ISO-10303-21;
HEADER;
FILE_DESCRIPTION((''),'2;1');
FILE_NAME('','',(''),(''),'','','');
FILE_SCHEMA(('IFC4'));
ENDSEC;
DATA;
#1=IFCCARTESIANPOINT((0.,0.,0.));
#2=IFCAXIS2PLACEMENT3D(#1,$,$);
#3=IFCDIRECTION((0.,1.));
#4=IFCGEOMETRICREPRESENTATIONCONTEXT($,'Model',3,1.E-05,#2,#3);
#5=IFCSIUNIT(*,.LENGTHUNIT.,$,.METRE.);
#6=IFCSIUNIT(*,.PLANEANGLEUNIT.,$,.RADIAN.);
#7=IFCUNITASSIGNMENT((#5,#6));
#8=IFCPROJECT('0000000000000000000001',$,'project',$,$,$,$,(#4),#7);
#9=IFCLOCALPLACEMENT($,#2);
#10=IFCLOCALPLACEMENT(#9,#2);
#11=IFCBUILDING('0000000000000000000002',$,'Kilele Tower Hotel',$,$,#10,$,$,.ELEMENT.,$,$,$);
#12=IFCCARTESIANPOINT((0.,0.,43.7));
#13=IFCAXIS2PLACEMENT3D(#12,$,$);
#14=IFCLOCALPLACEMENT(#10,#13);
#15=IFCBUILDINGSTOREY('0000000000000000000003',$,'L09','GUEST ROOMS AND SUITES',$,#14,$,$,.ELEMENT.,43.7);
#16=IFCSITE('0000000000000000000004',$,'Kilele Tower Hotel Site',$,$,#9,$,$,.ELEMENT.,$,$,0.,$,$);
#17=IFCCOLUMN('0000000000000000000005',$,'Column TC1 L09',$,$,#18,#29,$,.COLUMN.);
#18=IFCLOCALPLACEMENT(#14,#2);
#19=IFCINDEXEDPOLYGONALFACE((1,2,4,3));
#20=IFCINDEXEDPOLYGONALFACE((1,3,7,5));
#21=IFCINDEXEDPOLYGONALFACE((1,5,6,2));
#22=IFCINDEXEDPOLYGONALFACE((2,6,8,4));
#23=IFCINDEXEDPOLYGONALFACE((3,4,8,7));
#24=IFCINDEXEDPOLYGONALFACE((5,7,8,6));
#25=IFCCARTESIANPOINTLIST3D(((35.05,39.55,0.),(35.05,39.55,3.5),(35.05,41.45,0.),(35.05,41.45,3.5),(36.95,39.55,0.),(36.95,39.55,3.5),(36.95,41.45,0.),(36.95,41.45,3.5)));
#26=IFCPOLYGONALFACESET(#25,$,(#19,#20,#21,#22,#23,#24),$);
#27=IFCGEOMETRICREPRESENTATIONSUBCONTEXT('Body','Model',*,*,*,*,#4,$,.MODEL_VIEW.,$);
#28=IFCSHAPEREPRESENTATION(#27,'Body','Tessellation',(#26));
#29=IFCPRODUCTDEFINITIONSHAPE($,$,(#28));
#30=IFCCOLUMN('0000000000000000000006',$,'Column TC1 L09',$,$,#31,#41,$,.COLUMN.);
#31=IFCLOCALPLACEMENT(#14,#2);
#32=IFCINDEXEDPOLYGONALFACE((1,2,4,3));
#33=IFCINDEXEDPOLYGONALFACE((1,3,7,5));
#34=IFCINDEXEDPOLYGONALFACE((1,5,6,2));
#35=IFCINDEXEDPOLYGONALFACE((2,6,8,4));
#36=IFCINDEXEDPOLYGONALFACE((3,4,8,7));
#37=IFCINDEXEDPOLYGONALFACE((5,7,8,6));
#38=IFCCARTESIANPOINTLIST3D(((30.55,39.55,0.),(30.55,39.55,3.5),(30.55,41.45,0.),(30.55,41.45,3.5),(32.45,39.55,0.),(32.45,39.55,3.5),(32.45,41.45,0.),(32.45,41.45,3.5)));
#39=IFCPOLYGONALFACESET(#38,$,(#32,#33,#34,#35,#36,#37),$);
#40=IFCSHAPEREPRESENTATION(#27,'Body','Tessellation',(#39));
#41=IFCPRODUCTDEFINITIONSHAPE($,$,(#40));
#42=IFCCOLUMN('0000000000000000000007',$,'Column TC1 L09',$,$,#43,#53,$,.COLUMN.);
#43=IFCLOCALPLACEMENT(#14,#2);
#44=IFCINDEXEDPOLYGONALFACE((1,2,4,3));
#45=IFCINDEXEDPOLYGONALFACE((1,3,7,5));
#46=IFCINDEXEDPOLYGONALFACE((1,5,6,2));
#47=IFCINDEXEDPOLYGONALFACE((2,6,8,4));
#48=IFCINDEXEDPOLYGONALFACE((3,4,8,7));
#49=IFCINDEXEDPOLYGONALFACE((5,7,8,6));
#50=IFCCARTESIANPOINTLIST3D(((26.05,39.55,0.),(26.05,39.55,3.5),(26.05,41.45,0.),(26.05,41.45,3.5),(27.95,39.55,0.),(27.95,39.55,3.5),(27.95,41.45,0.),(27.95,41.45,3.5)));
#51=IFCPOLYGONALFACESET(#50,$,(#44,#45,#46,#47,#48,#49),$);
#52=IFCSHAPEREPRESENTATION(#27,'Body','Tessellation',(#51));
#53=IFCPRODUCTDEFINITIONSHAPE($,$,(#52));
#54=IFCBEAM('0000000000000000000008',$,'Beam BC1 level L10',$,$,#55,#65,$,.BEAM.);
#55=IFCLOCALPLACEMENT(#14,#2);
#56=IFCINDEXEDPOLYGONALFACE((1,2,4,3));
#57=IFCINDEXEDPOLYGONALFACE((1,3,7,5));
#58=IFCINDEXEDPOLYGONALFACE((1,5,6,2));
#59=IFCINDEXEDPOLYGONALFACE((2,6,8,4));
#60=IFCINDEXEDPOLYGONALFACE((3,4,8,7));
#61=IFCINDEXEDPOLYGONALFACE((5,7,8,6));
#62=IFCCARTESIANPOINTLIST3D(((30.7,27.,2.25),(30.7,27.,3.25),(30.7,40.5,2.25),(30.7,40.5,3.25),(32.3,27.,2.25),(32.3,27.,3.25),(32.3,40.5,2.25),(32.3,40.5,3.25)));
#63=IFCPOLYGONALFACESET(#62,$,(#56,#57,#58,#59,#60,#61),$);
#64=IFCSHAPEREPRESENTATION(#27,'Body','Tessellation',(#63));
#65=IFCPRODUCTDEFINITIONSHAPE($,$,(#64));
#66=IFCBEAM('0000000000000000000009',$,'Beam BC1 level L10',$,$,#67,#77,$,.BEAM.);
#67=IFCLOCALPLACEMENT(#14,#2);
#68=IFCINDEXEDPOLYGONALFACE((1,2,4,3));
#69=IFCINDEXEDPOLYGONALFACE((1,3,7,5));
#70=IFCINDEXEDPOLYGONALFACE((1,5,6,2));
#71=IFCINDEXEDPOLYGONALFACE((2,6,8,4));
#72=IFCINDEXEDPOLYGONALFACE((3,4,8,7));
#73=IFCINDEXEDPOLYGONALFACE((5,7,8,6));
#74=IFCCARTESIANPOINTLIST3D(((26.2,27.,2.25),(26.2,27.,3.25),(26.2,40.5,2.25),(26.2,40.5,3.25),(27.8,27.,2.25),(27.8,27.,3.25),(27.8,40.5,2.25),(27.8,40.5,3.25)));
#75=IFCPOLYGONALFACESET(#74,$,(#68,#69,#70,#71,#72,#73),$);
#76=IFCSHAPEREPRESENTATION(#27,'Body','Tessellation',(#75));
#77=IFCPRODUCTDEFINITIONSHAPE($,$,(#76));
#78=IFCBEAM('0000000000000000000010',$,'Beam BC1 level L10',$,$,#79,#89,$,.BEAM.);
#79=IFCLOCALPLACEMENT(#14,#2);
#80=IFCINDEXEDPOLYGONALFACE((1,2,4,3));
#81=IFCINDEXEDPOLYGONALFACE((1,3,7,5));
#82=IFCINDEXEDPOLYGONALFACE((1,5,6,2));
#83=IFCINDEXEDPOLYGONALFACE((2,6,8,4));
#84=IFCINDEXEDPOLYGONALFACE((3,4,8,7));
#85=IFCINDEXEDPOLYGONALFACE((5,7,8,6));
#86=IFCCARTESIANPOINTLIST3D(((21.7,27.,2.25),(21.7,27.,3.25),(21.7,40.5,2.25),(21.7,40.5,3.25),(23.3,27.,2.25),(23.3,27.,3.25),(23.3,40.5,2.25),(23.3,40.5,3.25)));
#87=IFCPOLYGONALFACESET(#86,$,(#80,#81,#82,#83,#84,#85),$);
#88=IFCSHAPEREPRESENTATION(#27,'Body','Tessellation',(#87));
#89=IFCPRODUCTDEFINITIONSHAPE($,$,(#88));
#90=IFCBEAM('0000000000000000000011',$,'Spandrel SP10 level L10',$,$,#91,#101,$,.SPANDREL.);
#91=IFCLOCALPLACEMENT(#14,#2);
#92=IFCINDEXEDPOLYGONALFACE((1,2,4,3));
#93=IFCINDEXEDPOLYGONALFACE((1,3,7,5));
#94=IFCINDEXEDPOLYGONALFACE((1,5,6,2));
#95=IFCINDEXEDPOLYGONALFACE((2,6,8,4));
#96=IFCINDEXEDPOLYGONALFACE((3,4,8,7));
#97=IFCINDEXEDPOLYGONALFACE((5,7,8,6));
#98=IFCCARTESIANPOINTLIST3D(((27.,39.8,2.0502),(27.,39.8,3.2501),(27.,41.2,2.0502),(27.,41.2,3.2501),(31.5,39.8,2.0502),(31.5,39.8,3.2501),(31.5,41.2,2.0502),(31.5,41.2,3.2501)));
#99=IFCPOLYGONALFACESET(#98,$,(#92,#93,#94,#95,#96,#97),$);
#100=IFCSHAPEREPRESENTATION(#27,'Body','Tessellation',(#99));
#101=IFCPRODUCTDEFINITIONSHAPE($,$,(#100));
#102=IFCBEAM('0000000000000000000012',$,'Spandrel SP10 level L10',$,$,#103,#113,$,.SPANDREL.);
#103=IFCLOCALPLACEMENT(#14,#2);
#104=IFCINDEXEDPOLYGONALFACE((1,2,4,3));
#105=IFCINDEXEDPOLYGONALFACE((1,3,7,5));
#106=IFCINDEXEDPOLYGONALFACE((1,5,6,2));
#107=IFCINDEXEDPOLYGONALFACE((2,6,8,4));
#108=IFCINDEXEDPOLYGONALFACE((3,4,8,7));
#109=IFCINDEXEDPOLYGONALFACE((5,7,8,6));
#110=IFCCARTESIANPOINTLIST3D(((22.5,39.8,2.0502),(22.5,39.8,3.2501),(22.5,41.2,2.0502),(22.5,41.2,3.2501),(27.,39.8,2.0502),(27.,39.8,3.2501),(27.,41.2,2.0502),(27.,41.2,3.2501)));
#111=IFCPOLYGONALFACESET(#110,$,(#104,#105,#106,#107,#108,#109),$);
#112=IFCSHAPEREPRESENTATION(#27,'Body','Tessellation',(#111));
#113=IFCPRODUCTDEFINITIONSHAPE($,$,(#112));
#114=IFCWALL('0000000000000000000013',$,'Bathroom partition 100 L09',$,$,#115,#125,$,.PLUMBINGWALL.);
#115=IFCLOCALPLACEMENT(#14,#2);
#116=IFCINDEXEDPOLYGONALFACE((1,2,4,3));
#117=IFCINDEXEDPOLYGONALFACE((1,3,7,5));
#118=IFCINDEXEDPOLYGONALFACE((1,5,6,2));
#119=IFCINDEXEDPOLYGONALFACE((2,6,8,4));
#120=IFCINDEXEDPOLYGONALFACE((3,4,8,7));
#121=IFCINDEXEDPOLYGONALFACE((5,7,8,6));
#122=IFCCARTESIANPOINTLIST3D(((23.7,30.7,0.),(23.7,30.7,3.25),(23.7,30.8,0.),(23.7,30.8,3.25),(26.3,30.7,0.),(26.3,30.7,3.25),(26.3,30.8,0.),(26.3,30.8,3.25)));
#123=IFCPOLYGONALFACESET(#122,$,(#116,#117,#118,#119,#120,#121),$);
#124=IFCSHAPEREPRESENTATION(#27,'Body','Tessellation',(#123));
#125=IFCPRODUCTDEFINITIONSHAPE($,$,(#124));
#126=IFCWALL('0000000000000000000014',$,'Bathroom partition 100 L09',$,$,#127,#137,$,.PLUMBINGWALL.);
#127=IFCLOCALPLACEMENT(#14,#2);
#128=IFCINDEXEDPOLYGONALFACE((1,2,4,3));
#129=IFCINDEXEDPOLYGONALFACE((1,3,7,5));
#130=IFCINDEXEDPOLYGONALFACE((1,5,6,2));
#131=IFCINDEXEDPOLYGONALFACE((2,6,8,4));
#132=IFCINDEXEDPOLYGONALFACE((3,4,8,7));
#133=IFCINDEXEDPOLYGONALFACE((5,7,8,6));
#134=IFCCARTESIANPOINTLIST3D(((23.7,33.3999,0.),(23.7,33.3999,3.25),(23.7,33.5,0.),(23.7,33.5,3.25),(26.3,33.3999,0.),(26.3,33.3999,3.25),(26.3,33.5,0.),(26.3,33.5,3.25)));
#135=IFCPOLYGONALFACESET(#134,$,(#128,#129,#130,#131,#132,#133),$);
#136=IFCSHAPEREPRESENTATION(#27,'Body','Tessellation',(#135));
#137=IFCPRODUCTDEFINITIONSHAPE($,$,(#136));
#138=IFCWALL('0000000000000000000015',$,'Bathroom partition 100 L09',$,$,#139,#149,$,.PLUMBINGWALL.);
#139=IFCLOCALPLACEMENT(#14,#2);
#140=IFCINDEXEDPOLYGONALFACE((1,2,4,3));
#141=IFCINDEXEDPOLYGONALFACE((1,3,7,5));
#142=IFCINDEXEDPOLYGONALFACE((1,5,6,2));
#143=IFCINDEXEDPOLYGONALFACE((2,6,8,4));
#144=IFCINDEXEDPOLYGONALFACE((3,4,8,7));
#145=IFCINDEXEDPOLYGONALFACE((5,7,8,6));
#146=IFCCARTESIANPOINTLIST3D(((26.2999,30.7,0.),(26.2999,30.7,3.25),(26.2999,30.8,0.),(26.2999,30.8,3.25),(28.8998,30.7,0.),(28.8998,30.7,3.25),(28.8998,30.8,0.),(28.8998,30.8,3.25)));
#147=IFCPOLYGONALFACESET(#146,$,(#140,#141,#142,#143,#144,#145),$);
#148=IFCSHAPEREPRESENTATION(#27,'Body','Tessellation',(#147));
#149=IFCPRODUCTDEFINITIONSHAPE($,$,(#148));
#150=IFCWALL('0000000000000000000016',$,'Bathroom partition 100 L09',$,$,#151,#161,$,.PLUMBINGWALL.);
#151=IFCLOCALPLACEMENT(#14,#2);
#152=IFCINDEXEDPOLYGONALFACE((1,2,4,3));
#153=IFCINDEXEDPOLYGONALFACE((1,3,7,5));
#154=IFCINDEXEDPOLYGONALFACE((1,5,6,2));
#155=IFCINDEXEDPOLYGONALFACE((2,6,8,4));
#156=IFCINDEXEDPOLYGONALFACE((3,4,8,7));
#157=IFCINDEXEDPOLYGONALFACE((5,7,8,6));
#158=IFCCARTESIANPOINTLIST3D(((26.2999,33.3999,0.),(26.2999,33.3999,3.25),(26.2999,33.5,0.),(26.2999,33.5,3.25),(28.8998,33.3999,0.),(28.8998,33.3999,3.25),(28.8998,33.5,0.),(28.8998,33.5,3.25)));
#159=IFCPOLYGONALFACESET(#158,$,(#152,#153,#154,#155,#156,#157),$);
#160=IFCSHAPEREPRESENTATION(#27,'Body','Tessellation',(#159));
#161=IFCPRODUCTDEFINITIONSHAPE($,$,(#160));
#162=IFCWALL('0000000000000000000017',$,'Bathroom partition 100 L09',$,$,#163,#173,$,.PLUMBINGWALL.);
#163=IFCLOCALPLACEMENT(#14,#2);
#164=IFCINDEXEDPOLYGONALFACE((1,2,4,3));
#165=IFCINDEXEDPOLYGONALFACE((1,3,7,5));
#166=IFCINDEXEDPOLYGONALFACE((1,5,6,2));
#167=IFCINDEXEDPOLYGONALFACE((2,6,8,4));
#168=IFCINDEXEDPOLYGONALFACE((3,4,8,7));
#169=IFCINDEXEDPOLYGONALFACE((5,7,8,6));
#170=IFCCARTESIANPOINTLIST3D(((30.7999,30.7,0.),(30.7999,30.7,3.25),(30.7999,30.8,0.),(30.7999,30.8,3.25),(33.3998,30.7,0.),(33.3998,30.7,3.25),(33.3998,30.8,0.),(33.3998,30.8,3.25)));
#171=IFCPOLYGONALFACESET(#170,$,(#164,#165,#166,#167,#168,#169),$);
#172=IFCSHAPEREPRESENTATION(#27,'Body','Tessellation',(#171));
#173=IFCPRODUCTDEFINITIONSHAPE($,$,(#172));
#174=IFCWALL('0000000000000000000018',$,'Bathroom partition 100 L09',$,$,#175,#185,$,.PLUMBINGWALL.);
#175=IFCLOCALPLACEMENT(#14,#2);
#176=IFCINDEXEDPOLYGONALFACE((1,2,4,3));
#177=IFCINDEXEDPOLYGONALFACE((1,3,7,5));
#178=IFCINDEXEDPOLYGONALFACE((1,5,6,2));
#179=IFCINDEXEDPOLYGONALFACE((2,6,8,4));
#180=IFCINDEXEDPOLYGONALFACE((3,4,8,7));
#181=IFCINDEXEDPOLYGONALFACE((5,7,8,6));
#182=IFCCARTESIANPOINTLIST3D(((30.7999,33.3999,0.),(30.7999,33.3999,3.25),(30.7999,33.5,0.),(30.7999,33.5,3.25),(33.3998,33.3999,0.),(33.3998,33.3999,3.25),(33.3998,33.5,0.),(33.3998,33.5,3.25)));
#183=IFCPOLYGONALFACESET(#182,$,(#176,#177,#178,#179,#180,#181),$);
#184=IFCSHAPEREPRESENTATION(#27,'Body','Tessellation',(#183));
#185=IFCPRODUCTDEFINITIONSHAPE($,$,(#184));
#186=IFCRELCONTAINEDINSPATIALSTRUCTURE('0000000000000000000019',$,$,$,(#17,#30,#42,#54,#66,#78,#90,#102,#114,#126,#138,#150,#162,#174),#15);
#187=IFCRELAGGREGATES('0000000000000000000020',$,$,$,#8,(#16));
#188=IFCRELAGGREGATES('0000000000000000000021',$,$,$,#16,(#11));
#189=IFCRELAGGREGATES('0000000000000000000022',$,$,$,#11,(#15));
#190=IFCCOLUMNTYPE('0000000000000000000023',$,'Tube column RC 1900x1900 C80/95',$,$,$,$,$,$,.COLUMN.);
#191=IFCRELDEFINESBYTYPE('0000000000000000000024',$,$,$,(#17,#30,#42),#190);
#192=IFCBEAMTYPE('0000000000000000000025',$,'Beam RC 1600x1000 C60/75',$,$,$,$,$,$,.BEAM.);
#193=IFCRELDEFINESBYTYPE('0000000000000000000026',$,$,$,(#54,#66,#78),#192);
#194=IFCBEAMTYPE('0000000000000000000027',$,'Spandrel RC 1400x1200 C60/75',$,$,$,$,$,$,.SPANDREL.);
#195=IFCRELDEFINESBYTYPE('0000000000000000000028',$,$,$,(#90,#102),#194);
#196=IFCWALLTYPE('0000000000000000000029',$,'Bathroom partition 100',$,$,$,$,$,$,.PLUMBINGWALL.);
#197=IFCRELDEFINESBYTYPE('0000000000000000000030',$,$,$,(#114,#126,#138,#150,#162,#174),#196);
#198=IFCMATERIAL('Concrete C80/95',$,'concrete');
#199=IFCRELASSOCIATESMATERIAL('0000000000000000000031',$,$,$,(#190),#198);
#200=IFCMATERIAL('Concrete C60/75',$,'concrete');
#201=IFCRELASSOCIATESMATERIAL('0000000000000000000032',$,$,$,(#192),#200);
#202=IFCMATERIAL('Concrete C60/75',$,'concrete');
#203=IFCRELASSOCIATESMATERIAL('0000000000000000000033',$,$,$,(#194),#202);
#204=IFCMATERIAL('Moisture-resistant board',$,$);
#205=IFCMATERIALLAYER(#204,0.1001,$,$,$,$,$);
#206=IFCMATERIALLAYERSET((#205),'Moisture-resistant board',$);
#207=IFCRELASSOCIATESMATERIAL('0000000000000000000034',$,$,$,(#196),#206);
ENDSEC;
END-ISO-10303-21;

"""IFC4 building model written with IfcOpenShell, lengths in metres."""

from ifc_helpers import new_model, si_unit, direction, frame, frame_2d, origin, origin_2d, place, context, subcontext, project, spatial, rectangle, extrude, material, layer, layer_set, material_profile, profile_set, type_object, element, save


model = new_model("IFC4")

# Units and contexts
model_context = context("Model", 3, precision=1e-05, world=origin(), true_north=direction((0.0, 1.0)))
body_context = subcontext(model_context, "Body", "Model", "MODEL_VIEW")
ifc_project = project(units=[si_unit("LENGTHUNIT", "METRE"), si_unit("PLANEANGLEUNIT", "RADIAN")], contexts=[model_context])

# Site, building, storey
site_placement = place(None, origin())
site = spatial("IfcSite", under=ifc_project, at=site_placement, Name="Kilele Tower Hotel Site", CompositionType="ELEMENT", RefElevation=0.0)
building_placement = place(site_placement, origin())
building = spatial("IfcBuilding", under=site, at=building_placement, Name="Kilele Tower Hotel", CompositionType="ELEMENT")
storey_placement = place(building_placement, frame((0.0, 0.0, 43.7)))
storey = spatial("IfcBuildingStorey", under=building, at=storey_placement, Name="L09", Description="GUEST ROOMS AND SUITES", CompositionType="ELEMENT", Elevation=43.7)

# Columns
ifc_material_1 = material(Name="Concrete C80/95", Category="concrete")
ifc_material_profile_1 = material_profile(ifc_material_1, rectangle(XDim=1.8999, YDim=1.8999, at=origin_2d()))
ifc_profile_set_1 = profile_set([ifc_material_profile_1], Name="Concrete C80/95")
column_type = type_object("IfcColumnType", Name="Tube column RC 1900x1900 C80/95", PredefinedType="COLUMN", material=ifc_profile_set_1)
for number, where, z_axis, x_axis, name in (
    (1, (36.0, 40.5, 0.0), (0.0, 0.0, 1.0), (1.0, 0.0, 0.0), "Column TC1 L09"),
    (2, (31.5, 40.5, 0.0), (0.0, 0.0, 1.0), (1.0, 0.0, 0.0), "Column TC1 L09"),
    (3, (27.0, 40.5, 0.0), (0.0, 0.0, 1.0), (1.0, 0.0, 0.0), "Column TC1 L09"),
):
    element("IfcColumn", number, at=place(storey_placement, frame(where, z_axis=z_axis, x_axis=x_axis)), inside=storey, type_object=column_type, Name=name, PredefinedType="COLUMN", context=body_context, shape_type="SweptSolid", body=[
        extrude(rectangle(XDim=1.8999, YDim=1.8999, at=origin_2d()), origin(), (0.0, 0.0, 1.0), 3.5),
    ])

# Beams
ifc_material_2 = material(Name="Concrete C60/75", Category="concrete")
ifc_material_profile_2 = material_profile(ifc_material_2, rectangle(XDim=1.6001, YDim=1.0, at=origin_2d()))
ifc_profile_set_2 = profile_set([ifc_material_profile_2], Name="Concrete C60/75")
beam_type_1 = type_object("IfcBeamType", Name="Beam RC 1600x1000 C60/75", PredefinedType="BEAM", material=ifc_profile_set_2)
for number, where, z_axis, x_axis, name in (
    (4, (31.5, 40.5, 2.75), (0.0, -1.0, 0.0), (1.0, 0.0, 0.0), "Beam BC1 level L10"),
    (5, (27.0, 40.5, 2.75), (0.0, -1.0, 0.0), (1.0, 0.0, 0.0), "Beam BC1 level L10"),
    (6, (22.5, 40.5, 2.75), (0.0, -1.0, 0.0), (1.0, 0.0, 0.0), "Beam BC1 level L10"),
):
    element("IfcBeam", number, at=place(storey_placement, frame(where, z_axis=z_axis, x_axis=x_axis)), inside=storey, type_object=beam_type_1, Name=name, PredefinedType="BEAM", context=body_context, shape_type="SweptSolid", body=[
        extrude(rectangle(XDim=1.6001, YDim=1.0, at=origin_2d()), origin(), (0.0, 0.0, 1.0), 13.5),
    ])
ifc_material_3 = material(Name="Concrete C60/75", Category="concrete")
ifc_material_profile_3 = material_profile(ifc_material_3, rectangle(XDim=1.3999, YDim=1.2, at=origin_2d()))
ifc_profile_set_3 = profile_set([ifc_material_profile_3], Name="Concrete C60/75")
beam_type_2 = type_object("IfcBeamType", Name="Spandrel RC 1400x1200 C60/75", PredefinedType="SPANDREL", material=ifc_profile_set_3)
for number, where, z_axis, x_axis, name in (
    (7, (31.5, 40.5, 2.6501), (-1.0, 0.0, 0.0), (0.0, -1.0, 0.0), "Spandrel SP10 level L10"),
    (8, (27.0, 40.5, 2.6501), (-1.0, 0.0, 0.0), (0.0, -1.0, 0.0), "Spandrel SP10 level L10"),
):
    element("IfcBeam", number, at=place(storey_placement, frame(where, z_axis=z_axis, x_axis=x_axis)), inside=storey, type_object=beam_type_2, Name=name, PredefinedType="SPANDREL", context=body_context, shape_type="SweptSolid", body=[
        extrude(rectangle(XDim=1.3999, YDim=1.2, at=origin_2d()), origin(), (0.0, 0.0, 1.0), 4.5),
    ])

# Walls
ifc_material_4 = material(Name="Moisture-resistant board")
ifc_layer_1 = layer(ifc_material_4, 0.1001)
ifc_layer_set_1 = layer_set([ifc_layer_1], Name="Moisture-resistant board")
wall_type_1 = type_object("IfcWallType", Name="Bathroom partition 100", PredefinedType="PLUMBINGWALL", material=ifc_layer_set_1)
for number, where, z_axis, x_axis, name in (
    (9, (23.7, 30.75, 0.0), (0.0, 0.0, 1.0), (1.0, 0.0, 0.0), "Bathroom partition 100 L09"),
    (10, (23.7, 33.45, 0.0), (0.0, 0.0, 1.0), (1.0, 0.0, 0.0), "Bathroom partition 100 L09"),
):
    element("IfcWall", number, at=place(storey_placement, frame(where, z_axis=z_axis, x_axis=x_axis)), inside=storey, type_object=wall_type_1, Name=name, PredefinedType="PLUMBINGWALL", context=body_context, shape_type="SweptSolid", body=[
        extrude(rectangle(XDim=2.6001, YDim=0.1001, at=frame_2d((1.3, 0.0))), origin(), (0.0, 0.0, 1.0), 3.25),
    ])
for number, where, z_axis, x_axis, name in (
    (11, (26.3, 30.75, 0.0), (0.0, 0.0, 1.0), (1.0, 0.0, 0.0), "Bathroom partition 100 L09"),
    (12, (26.3, 33.45, 0.0), (0.0, 0.0, 1.0), (1.0, 0.0, 0.0), "Bathroom partition 100 L09"),
    (13, (30.8, 30.75, 0.0), (0.0, 0.0, 1.0), (1.0, 0.0, 0.0), "Bathroom partition 100 L09"),
    (14, (30.8, 33.45, 0.0), (0.0, 0.0, 1.0), (1.0, 0.0, 0.0), "Bathroom partition 100 L09"),
):
    element("IfcWall", number, at=place(storey_placement, frame(where, z_axis=z_axis, x_axis=x_axis)), inside=storey, type_object=wall_type_1, Name=name, PredefinedType="PLUMBINGWALL", context=body_context, shape_type="SweptSolid", body=[
        extrude(rectangle(XDim=2.5999, YDim=0.1001, at=frame_2d((1.2998, 0.0))), origin(), (0.0, 0.0, 1.0), 3.25),
    ])

save(model, "model.ifc")
